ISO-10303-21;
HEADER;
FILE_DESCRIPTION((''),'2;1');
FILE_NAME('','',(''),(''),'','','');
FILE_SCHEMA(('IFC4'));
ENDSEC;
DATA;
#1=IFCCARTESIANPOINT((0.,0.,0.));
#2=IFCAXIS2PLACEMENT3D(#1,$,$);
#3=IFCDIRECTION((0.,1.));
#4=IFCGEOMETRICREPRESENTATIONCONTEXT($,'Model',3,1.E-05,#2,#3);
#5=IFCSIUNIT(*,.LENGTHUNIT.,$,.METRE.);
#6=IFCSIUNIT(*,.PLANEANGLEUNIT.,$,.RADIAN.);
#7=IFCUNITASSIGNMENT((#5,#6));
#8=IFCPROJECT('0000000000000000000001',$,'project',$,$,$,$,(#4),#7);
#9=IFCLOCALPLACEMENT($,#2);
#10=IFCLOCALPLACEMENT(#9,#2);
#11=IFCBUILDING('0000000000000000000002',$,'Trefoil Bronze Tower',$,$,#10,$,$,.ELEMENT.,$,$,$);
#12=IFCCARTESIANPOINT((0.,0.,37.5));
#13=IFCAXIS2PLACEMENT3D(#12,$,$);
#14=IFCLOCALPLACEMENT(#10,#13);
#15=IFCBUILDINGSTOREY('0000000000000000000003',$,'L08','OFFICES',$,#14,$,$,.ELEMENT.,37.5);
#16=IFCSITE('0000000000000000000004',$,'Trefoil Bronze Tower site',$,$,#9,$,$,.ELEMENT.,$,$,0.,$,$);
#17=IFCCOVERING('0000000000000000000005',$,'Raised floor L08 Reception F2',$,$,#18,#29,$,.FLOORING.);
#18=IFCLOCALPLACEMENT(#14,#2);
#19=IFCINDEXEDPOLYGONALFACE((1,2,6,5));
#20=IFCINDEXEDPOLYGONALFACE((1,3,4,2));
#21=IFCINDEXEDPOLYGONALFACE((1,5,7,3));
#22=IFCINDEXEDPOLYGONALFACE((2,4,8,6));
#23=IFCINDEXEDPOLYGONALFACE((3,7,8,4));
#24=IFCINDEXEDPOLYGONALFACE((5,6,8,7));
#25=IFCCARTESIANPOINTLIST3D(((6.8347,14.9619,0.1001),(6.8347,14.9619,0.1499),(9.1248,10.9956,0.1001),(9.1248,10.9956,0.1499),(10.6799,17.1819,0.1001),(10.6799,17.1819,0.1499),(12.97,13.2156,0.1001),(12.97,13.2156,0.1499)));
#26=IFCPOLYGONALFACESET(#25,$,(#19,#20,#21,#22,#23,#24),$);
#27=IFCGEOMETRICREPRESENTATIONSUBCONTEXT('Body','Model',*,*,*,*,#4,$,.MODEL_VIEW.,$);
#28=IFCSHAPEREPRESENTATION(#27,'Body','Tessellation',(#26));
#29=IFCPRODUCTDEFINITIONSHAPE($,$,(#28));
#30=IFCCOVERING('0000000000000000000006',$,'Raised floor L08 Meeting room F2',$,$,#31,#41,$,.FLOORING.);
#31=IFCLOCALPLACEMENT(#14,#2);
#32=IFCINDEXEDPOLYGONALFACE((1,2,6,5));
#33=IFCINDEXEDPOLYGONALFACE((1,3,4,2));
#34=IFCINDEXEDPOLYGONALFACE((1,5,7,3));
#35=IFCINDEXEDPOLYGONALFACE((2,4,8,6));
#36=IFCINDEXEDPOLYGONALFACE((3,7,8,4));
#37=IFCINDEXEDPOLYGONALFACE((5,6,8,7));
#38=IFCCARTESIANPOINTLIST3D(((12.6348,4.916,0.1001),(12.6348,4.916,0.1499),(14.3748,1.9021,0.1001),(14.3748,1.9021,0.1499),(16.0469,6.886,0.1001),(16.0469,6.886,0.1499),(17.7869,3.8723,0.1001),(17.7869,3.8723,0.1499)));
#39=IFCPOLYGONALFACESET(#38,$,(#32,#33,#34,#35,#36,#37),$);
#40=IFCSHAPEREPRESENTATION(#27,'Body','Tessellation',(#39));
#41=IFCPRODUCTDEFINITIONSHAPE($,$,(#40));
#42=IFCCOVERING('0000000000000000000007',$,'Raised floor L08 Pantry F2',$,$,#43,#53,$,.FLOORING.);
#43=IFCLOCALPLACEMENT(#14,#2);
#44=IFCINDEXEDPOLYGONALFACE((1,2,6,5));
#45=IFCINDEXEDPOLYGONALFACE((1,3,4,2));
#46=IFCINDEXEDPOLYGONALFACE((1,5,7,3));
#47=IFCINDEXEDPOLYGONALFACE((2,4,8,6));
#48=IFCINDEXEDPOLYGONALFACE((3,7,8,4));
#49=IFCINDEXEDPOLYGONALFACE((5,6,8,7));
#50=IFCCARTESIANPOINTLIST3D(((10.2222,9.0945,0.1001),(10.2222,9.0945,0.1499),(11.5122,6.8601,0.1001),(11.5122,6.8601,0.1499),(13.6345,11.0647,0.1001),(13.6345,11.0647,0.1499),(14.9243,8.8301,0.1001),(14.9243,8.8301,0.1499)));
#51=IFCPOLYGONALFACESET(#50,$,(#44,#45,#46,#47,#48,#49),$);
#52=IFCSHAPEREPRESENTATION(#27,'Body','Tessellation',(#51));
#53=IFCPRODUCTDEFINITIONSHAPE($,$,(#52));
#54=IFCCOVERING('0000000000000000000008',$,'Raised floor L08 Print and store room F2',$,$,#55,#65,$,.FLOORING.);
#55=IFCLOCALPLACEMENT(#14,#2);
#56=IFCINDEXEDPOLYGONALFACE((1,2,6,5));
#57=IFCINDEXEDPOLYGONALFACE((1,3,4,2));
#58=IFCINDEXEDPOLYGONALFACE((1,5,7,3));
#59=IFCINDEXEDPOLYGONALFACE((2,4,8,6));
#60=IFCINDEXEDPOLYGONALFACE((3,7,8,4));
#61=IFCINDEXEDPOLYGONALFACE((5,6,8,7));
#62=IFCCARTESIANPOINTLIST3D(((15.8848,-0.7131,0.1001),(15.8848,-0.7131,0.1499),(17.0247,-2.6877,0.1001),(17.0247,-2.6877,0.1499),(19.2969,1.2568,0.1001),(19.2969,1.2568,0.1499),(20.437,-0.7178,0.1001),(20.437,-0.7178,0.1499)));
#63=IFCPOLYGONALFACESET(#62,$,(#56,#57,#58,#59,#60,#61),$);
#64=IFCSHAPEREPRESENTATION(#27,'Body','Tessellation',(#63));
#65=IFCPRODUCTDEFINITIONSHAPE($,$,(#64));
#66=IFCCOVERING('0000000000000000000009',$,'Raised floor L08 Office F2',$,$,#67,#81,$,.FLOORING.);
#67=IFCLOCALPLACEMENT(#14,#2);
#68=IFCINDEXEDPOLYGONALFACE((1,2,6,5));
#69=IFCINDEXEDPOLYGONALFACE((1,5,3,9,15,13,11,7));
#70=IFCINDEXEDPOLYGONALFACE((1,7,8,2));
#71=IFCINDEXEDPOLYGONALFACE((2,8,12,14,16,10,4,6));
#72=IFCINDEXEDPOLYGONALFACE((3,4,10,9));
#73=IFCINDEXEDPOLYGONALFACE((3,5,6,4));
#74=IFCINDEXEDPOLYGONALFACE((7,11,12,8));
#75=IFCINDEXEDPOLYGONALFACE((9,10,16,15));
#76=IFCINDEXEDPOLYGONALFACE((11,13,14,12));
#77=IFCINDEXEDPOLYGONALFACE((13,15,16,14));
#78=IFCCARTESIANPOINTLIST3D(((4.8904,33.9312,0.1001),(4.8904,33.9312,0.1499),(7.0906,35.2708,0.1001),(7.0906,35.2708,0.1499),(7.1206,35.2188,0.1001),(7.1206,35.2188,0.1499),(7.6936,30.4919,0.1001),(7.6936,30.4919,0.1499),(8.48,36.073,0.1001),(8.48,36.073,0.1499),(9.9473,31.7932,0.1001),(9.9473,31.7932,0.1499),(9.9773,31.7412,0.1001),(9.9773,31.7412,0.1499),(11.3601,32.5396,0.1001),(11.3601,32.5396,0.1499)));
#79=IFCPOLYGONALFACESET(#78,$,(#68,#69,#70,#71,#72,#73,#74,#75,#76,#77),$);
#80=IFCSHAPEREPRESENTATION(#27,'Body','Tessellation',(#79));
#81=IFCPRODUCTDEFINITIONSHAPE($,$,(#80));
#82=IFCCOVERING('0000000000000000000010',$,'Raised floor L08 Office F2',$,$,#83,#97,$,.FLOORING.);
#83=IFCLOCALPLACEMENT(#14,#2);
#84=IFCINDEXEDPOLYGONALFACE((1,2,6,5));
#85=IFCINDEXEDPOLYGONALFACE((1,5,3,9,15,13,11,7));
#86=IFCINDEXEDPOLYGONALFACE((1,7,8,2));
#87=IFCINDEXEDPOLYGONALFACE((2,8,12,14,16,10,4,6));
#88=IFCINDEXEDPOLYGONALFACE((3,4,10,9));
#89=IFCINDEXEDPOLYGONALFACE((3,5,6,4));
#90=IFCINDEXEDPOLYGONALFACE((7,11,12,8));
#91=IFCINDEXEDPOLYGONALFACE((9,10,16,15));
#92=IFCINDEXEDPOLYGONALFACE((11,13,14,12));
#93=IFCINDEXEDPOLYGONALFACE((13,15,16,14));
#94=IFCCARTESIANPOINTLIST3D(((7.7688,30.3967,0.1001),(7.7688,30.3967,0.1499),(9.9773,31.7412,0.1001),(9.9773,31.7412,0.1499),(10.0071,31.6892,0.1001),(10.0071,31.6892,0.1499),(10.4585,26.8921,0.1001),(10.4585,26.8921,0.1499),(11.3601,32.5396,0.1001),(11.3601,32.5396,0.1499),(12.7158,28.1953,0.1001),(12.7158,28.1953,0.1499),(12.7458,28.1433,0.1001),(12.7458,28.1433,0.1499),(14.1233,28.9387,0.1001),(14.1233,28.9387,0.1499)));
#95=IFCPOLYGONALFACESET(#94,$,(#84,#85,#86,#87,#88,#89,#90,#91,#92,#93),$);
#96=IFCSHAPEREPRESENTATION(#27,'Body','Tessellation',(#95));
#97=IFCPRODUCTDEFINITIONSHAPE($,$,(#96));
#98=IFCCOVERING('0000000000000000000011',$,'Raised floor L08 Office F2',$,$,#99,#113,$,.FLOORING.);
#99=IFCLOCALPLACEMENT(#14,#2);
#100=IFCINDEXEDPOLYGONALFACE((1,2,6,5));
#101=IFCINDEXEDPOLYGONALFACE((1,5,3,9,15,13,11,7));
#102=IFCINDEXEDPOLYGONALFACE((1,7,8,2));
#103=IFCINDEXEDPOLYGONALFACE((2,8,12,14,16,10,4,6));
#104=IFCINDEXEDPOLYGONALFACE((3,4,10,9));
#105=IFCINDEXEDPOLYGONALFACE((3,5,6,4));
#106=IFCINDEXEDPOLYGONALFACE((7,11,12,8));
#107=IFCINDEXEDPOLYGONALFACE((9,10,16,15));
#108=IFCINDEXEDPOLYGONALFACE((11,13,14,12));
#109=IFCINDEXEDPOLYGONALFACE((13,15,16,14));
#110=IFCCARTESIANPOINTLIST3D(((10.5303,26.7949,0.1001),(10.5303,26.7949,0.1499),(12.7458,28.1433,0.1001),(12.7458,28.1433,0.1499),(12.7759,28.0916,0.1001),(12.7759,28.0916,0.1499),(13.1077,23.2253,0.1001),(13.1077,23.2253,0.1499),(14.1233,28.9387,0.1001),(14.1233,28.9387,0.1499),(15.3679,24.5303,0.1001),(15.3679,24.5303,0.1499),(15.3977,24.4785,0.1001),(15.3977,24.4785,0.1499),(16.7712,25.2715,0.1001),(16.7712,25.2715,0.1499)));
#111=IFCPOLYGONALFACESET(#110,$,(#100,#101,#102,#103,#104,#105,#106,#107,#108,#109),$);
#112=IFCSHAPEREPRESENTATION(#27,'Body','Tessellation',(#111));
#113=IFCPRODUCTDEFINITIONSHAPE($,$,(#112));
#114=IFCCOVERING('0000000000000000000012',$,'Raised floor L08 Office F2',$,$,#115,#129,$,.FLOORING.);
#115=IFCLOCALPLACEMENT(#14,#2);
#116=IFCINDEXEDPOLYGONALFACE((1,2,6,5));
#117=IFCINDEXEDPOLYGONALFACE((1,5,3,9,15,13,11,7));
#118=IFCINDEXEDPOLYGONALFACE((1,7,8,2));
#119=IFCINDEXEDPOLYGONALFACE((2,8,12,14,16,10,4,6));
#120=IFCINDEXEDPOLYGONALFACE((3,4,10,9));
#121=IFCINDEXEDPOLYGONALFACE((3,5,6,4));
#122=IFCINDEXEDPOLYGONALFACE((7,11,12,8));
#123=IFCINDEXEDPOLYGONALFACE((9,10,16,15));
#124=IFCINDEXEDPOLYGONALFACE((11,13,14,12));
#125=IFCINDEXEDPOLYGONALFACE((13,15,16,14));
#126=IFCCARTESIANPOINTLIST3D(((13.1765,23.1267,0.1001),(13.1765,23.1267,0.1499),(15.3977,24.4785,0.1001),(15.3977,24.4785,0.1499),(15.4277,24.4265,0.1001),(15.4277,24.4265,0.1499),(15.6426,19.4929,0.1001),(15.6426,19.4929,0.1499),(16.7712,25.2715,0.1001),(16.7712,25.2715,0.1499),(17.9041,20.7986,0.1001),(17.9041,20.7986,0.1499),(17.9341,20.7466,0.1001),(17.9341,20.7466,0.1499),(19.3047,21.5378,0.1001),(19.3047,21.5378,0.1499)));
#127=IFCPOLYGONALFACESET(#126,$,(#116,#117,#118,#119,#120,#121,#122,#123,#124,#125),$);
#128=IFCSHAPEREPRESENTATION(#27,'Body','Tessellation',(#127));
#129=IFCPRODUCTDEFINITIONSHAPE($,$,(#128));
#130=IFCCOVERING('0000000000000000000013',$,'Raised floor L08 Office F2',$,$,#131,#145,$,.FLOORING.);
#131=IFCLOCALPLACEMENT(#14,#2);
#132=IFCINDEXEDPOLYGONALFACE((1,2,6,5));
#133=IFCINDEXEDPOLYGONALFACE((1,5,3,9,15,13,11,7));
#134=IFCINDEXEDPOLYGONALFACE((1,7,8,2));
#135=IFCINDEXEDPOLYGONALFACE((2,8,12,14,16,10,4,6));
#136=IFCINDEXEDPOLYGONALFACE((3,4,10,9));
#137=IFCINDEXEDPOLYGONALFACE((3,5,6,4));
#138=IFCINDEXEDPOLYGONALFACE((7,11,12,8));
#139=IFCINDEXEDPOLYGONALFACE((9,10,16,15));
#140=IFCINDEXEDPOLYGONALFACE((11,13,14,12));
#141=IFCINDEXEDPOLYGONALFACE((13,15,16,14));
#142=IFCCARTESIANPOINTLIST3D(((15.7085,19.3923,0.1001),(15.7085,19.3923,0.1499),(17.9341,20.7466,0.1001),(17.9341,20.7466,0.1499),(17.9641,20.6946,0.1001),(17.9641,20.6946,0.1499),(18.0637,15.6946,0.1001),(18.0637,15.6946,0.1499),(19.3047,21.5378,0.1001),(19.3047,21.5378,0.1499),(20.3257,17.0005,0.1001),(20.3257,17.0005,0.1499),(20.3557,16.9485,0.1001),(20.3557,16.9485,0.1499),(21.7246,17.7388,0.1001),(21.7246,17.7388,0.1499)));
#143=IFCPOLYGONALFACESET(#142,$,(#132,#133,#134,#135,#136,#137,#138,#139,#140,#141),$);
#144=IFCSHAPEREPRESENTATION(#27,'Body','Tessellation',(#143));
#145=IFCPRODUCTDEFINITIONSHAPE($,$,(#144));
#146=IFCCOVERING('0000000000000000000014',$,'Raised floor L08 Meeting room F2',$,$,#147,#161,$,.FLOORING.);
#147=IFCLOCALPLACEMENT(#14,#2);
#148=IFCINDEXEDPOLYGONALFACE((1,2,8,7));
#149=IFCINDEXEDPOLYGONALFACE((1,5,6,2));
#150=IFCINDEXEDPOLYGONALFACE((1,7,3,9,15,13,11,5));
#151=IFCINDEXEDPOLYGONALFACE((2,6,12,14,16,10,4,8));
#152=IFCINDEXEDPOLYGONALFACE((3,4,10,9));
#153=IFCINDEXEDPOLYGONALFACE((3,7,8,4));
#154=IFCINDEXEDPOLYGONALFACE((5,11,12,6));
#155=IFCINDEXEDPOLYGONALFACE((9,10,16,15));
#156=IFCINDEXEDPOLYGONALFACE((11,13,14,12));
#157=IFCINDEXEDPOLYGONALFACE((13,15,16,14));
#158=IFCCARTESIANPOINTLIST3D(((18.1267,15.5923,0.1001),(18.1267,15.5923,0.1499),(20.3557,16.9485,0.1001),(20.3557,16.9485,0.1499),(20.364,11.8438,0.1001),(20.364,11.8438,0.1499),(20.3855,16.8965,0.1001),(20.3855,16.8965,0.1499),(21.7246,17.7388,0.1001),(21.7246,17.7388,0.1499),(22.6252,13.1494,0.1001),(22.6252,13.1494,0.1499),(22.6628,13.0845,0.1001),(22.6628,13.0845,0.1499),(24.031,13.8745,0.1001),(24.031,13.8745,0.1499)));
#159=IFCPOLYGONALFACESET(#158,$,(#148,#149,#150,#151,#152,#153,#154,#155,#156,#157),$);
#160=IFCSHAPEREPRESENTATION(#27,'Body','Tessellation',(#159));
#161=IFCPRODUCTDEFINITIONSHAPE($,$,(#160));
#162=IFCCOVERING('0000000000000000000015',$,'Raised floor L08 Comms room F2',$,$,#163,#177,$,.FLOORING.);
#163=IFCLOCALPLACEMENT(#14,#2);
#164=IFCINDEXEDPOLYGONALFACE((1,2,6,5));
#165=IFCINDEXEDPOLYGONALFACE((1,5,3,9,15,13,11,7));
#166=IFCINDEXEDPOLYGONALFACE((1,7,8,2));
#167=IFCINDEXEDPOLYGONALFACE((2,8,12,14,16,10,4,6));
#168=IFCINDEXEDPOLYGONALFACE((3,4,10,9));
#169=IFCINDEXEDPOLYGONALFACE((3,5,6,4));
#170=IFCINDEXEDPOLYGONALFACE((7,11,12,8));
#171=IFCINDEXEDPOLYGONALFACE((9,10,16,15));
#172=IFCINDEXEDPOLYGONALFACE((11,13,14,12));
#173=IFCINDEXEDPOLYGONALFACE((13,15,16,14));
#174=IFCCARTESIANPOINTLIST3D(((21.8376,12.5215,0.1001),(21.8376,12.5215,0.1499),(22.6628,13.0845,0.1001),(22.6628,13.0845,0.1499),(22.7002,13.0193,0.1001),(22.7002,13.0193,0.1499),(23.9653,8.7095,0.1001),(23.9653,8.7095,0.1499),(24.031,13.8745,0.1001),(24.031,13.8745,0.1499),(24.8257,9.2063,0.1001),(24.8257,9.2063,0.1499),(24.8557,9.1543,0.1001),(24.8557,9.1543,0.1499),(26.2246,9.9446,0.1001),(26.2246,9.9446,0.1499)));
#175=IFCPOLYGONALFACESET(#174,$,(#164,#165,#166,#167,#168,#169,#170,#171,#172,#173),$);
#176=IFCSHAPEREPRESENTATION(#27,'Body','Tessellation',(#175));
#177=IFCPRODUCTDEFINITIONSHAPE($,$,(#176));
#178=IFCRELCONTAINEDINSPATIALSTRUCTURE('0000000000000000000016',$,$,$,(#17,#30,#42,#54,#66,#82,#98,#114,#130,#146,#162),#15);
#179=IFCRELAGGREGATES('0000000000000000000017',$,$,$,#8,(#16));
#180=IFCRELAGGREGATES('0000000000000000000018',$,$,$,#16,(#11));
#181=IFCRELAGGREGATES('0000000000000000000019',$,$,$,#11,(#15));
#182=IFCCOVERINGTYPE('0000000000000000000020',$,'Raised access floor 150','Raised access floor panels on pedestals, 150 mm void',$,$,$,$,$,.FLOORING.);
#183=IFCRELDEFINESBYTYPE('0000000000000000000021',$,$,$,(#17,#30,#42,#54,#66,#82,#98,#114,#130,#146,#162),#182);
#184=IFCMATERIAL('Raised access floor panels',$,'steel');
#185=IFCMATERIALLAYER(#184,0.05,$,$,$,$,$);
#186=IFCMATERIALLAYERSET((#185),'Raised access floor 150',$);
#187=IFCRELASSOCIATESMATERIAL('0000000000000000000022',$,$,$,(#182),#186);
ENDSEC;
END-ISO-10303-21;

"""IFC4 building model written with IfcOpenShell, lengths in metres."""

from ifc_helpers import new_model, si_unit, direction, frame, origin, place, context, subcontext, project, spatial, polyline, outline, extrude, material, layer, layer_set, type_object, element, save


model = new_model("IFC4")

# Units and contexts
model_context = context("Model", 3, precision=1e-05, world=origin(), true_north=direction((0.0, 1.0)))
body_context = subcontext(model_context, "Body", "Model", "MODEL_VIEW")
ifc_project = project(units=[si_unit("LENGTHUNIT", "METRE"), si_unit("PLANEANGLEUNIT", "RADIAN")], contexts=[model_context])

# Site, building, storey
site_placement = place(None, origin())
site = spatial("IfcSite", under=ifc_project, at=site_placement, Name="Trefoil Bronze Tower site", CompositionType="ELEMENT", RefElevation=0.0)
building_placement = place(site_placement, origin())
building = spatial("IfcBuilding", under=site, at=building_placement, Name="Trefoil Bronze Tower", CompositionType="ELEMENT")
storey_placement = place(building_placement, frame((0.0, 0.0, 37.5)))
storey = spatial("IfcBuildingStorey", under=building, at=storey_placement, Name="L08", Description="OFFICES", CompositionType="ELEMENT", Elevation=37.5)

# Coverings
ifc_material_1 = material(Name="Raised access floor panels", Category="steel")
ifc_layer_1 = layer(ifc_material_1, 0.05)
ifc_layer_set_1 = layer_set([ifc_layer_1], Name="Raised access floor 150")
covering_type_1 = type_object("IfcCoveringType", Name="Raised access floor 150", Description="Raised access floor panels on pedestals, 150 mm void", PredefinedType="FLOORING", material=ifc_layer_set_1)
covering_1_placement = place(storey_placement, frame((0.0, 0.0, 0.1001)))
element("IfcCovering", 1, at=covering_1_placement, inside=storey, type_object=covering_type_1, Name="Raised floor L08 Reception F2", PredefinedType="FLOORING", context=body_context, shape_type="SweptSolid", body=[
    extrude(outline(polyline([(6.8347, 14.9619), (10.6799, 17.1819), (12.97, 13.2156), (9.1248, 10.9956), (6.8347, 14.9619)])), origin(), (0.0, 0.0, 1.0), 0.0498),
])
covering_2_placement = place(storey_placement, frame((0.0, 0.0, 0.1001)))
element("IfcCovering", 2, at=covering_2_placement, inside=storey, type_object=covering_type_1, Name="Raised floor L08 Meeting room F2", PredefinedType="FLOORING", context=body_context, shape_type="SweptSolid", body=[
    extrude(outline(polyline([(12.6348, 4.916), (16.0469, 6.886), (17.7869, 3.8723), (14.3748, 1.9021), (12.6348, 4.916)])), origin(), (0.0, 0.0, 1.0), 0.0498),
])
covering_3_placement = place(storey_placement, frame((0.0, 0.0, 0.1001)))
element("IfcCovering", 3, at=covering_3_placement, inside=storey, type_object=covering_type_1, Name="Raised floor L08 Pantry F2", PredefinedType="FLOORING", context=body_context, shape_type="SweptSolid", body=[
    extrude(outline(polyline([(10.2222, 9.0945), (13.6345, 11.0647), (14.9243, 8.8301), (11.5122, 6.8601), (10.2222, 9.0945)])), origin(), (0.0, 0.0, 1.0), 0.0498),
])
covering_4_placement = place(storey_placement, frame((0.0, 0.0, 0.1001)))
element("IfcCovering", 4, at=covering_4_placement, inside=storey, type_object=covering_type_1, Name="Raised floor L08 Print and store room F2", PredefinedType="FLOORING", context=body_context, shape_type="SweptSolid", body=[
    extrude(outline(polyline([(15.8848, -0.7131), (19.2969, 1.2568), (20.437, -0.7178), (17.0247, -2.6877), (15.8848, -0.7131)])), origin(), (0.0, 0.0, 1.0), 0.0498),
])
covering_5_placement = place(storey_placement, frame((0.0, 0.0, 0.1001)))
element("IfcCovering", 5, at=covering_5_placement, inside=storey, type_object=covering_type_1, Name="Raised floor L08 Office F2", PredefinedType="FLOORING", context=body_context, shape_type="SweptSolid", body=[
    extrude(outline(polyline([(11.3601, 32.5396), (9.9773, 31.7412), (9.9473, 31.7932), (7.6936, 30.4919), (4.8904, 33.9312), (7.1206, 35.2188), (7.0906, 35.2708), (8.48, 36.073), (11.3601, 32.5396)])), origin(), (0.0, 0.0, 1.0), 0.0498),
])
covering_6_placement = place(storey_placement, frame((0.0, 0.0, 0.1001)))
element("IfcCovering", 6, at=covering_6_placement, inside=storey, type_object=covering_type_1, Name="Raised floor L08 Office F2", PredefinedType="FLOORING", context=body_context, shape_type="SweptSolid", body=[
    extrude(outline(polyline([(11.3601, 32.5396), (14.1233, 28.9387), (12.7458, 28.1433), (12.7158, 28.1953), (10.4585, 26.8921), (7.7688, 30.3967), (10.0071, 31.6892), (9.9773, 31.7412), (11.3601, 32.5396)])), origin(), (0.0, 0.0, 1.0), 0.0498),
])
covering_7_placement = place(storey_placement, frame((0.0, 0.0, 0.1001)))
element("IfcCovering", 7, at=covering_7_placement, inside=storey, type_object=covering_type_1, Name="Raised floor L08 Office F2", PredefinedType="FLOORING", context=body_context, shape_type="SweptSolid", body=[
    extrude(outline(polyline([(16.7712, 25.2715), (15.3977, 24.4785), (15.3679, 24.5303), (13.1077, 23.2253), (10.5303, 26.7949), (12.7759, 28.0916), (12.7458, 28.1433), (14.1233, 28.9387), (16.7712, 25.2715)])), origin(), (0.0, 0.0, 1.0), 0.0498),
])
covering_8_placement = place(storey_placement, frame((0.0, 0.0, 0.1001)))
element("IfcCovering", 8, at=covering_8_placement, inside=storey, type_object=covering_type_1, Name="Raised floor L08 Office F2", PredefinedType="FLOORING", context=body_context, shape_type="SweptSolid", body=[
    extrude(outline(polyline([(16.7712, 25.2715), (19.3047, 21.5378), (17.9341, 20.7466), (17.9041, 20.7986), (15.6426, 19.4929), (13.1765, 23.1267), (15.4277, 24.4265), (15.3977, 24.4785), (16.7712, 25.2715)])), origin(), (0.0, 0.0, 1.0), 0.0498),
])
covering_9_placement = place(storey_placement, frame((0.0, 0.0, 0.1001)))
element("IfcCovering", 9, at=covering_9_placement, inside=storey, type_object=covering_type_1, Name="Raised floor L08 Office F2", PredefinedType="FLOORING", context=body_context, shape_type="SweptSolid", body=[
    extrude(outline(polyline([(21.7246, 17.7388), (20.3557, 16.9485), (20.3257, 17.0005), (18.0637, 15.6946), (15.7085, 19.3923), (17.9641, 20.6946), (17.9341, 20.7466), (19.3047, 21.5378), (21.7246, 17.7388)])), origin(), (0.0, 0.0, 1.0), 0.0498),
])
covering_10_placement = place(storey_placement, frame((0.0, 0.0, 0.1001)))
element("IfcCovering", 10, at=covering_10_placement, inside=storey, type_object=covering_type_1, Name="Raised floor L08 Meeting room F2", PredefinedType="FLOORING", context=body_context, shape_type="SweptSolid", body=[
    extrude(outline(polyline([(21.7246, 17.7388), (24.031, 13.8745), (22.6628, 13.0845), (22.6252, 13.1494), (20.364, 11.8438), (18.1267, 15.5923), (20.3855, 16.8965), (20.3557, 16.9485), (21.7246, 17.7388)])), origin(), (0.0, 0.0, 1.0), 0.0498),
])
covering_11_placement = place(storey_placement, frame((0.0, 0.0, 0.1001)))
element("IfcCovering", 11, at=covering_11_placement, inside=storey, type_object=covering_type_1, Name="Raised floor L08 Comms room F2", PredefinedType="FLOORING", context=body_context, shape_type="SweptSolid", body=[
    extrude(outline(polyline([(24.031, 13.8745), (26.2246, 9.9446), (24.8557, 9.1543), (24.8257, 9.2063), (23.9653, 8.7095), (21.8376, 12.5215), (22.7002, 13.0193), (22.6628, 13.0845), (24.031, 13.8745)])), origin(), (0.0, 0.0, 1.0), 0.0498),
])

save(model, "model.ifc")
